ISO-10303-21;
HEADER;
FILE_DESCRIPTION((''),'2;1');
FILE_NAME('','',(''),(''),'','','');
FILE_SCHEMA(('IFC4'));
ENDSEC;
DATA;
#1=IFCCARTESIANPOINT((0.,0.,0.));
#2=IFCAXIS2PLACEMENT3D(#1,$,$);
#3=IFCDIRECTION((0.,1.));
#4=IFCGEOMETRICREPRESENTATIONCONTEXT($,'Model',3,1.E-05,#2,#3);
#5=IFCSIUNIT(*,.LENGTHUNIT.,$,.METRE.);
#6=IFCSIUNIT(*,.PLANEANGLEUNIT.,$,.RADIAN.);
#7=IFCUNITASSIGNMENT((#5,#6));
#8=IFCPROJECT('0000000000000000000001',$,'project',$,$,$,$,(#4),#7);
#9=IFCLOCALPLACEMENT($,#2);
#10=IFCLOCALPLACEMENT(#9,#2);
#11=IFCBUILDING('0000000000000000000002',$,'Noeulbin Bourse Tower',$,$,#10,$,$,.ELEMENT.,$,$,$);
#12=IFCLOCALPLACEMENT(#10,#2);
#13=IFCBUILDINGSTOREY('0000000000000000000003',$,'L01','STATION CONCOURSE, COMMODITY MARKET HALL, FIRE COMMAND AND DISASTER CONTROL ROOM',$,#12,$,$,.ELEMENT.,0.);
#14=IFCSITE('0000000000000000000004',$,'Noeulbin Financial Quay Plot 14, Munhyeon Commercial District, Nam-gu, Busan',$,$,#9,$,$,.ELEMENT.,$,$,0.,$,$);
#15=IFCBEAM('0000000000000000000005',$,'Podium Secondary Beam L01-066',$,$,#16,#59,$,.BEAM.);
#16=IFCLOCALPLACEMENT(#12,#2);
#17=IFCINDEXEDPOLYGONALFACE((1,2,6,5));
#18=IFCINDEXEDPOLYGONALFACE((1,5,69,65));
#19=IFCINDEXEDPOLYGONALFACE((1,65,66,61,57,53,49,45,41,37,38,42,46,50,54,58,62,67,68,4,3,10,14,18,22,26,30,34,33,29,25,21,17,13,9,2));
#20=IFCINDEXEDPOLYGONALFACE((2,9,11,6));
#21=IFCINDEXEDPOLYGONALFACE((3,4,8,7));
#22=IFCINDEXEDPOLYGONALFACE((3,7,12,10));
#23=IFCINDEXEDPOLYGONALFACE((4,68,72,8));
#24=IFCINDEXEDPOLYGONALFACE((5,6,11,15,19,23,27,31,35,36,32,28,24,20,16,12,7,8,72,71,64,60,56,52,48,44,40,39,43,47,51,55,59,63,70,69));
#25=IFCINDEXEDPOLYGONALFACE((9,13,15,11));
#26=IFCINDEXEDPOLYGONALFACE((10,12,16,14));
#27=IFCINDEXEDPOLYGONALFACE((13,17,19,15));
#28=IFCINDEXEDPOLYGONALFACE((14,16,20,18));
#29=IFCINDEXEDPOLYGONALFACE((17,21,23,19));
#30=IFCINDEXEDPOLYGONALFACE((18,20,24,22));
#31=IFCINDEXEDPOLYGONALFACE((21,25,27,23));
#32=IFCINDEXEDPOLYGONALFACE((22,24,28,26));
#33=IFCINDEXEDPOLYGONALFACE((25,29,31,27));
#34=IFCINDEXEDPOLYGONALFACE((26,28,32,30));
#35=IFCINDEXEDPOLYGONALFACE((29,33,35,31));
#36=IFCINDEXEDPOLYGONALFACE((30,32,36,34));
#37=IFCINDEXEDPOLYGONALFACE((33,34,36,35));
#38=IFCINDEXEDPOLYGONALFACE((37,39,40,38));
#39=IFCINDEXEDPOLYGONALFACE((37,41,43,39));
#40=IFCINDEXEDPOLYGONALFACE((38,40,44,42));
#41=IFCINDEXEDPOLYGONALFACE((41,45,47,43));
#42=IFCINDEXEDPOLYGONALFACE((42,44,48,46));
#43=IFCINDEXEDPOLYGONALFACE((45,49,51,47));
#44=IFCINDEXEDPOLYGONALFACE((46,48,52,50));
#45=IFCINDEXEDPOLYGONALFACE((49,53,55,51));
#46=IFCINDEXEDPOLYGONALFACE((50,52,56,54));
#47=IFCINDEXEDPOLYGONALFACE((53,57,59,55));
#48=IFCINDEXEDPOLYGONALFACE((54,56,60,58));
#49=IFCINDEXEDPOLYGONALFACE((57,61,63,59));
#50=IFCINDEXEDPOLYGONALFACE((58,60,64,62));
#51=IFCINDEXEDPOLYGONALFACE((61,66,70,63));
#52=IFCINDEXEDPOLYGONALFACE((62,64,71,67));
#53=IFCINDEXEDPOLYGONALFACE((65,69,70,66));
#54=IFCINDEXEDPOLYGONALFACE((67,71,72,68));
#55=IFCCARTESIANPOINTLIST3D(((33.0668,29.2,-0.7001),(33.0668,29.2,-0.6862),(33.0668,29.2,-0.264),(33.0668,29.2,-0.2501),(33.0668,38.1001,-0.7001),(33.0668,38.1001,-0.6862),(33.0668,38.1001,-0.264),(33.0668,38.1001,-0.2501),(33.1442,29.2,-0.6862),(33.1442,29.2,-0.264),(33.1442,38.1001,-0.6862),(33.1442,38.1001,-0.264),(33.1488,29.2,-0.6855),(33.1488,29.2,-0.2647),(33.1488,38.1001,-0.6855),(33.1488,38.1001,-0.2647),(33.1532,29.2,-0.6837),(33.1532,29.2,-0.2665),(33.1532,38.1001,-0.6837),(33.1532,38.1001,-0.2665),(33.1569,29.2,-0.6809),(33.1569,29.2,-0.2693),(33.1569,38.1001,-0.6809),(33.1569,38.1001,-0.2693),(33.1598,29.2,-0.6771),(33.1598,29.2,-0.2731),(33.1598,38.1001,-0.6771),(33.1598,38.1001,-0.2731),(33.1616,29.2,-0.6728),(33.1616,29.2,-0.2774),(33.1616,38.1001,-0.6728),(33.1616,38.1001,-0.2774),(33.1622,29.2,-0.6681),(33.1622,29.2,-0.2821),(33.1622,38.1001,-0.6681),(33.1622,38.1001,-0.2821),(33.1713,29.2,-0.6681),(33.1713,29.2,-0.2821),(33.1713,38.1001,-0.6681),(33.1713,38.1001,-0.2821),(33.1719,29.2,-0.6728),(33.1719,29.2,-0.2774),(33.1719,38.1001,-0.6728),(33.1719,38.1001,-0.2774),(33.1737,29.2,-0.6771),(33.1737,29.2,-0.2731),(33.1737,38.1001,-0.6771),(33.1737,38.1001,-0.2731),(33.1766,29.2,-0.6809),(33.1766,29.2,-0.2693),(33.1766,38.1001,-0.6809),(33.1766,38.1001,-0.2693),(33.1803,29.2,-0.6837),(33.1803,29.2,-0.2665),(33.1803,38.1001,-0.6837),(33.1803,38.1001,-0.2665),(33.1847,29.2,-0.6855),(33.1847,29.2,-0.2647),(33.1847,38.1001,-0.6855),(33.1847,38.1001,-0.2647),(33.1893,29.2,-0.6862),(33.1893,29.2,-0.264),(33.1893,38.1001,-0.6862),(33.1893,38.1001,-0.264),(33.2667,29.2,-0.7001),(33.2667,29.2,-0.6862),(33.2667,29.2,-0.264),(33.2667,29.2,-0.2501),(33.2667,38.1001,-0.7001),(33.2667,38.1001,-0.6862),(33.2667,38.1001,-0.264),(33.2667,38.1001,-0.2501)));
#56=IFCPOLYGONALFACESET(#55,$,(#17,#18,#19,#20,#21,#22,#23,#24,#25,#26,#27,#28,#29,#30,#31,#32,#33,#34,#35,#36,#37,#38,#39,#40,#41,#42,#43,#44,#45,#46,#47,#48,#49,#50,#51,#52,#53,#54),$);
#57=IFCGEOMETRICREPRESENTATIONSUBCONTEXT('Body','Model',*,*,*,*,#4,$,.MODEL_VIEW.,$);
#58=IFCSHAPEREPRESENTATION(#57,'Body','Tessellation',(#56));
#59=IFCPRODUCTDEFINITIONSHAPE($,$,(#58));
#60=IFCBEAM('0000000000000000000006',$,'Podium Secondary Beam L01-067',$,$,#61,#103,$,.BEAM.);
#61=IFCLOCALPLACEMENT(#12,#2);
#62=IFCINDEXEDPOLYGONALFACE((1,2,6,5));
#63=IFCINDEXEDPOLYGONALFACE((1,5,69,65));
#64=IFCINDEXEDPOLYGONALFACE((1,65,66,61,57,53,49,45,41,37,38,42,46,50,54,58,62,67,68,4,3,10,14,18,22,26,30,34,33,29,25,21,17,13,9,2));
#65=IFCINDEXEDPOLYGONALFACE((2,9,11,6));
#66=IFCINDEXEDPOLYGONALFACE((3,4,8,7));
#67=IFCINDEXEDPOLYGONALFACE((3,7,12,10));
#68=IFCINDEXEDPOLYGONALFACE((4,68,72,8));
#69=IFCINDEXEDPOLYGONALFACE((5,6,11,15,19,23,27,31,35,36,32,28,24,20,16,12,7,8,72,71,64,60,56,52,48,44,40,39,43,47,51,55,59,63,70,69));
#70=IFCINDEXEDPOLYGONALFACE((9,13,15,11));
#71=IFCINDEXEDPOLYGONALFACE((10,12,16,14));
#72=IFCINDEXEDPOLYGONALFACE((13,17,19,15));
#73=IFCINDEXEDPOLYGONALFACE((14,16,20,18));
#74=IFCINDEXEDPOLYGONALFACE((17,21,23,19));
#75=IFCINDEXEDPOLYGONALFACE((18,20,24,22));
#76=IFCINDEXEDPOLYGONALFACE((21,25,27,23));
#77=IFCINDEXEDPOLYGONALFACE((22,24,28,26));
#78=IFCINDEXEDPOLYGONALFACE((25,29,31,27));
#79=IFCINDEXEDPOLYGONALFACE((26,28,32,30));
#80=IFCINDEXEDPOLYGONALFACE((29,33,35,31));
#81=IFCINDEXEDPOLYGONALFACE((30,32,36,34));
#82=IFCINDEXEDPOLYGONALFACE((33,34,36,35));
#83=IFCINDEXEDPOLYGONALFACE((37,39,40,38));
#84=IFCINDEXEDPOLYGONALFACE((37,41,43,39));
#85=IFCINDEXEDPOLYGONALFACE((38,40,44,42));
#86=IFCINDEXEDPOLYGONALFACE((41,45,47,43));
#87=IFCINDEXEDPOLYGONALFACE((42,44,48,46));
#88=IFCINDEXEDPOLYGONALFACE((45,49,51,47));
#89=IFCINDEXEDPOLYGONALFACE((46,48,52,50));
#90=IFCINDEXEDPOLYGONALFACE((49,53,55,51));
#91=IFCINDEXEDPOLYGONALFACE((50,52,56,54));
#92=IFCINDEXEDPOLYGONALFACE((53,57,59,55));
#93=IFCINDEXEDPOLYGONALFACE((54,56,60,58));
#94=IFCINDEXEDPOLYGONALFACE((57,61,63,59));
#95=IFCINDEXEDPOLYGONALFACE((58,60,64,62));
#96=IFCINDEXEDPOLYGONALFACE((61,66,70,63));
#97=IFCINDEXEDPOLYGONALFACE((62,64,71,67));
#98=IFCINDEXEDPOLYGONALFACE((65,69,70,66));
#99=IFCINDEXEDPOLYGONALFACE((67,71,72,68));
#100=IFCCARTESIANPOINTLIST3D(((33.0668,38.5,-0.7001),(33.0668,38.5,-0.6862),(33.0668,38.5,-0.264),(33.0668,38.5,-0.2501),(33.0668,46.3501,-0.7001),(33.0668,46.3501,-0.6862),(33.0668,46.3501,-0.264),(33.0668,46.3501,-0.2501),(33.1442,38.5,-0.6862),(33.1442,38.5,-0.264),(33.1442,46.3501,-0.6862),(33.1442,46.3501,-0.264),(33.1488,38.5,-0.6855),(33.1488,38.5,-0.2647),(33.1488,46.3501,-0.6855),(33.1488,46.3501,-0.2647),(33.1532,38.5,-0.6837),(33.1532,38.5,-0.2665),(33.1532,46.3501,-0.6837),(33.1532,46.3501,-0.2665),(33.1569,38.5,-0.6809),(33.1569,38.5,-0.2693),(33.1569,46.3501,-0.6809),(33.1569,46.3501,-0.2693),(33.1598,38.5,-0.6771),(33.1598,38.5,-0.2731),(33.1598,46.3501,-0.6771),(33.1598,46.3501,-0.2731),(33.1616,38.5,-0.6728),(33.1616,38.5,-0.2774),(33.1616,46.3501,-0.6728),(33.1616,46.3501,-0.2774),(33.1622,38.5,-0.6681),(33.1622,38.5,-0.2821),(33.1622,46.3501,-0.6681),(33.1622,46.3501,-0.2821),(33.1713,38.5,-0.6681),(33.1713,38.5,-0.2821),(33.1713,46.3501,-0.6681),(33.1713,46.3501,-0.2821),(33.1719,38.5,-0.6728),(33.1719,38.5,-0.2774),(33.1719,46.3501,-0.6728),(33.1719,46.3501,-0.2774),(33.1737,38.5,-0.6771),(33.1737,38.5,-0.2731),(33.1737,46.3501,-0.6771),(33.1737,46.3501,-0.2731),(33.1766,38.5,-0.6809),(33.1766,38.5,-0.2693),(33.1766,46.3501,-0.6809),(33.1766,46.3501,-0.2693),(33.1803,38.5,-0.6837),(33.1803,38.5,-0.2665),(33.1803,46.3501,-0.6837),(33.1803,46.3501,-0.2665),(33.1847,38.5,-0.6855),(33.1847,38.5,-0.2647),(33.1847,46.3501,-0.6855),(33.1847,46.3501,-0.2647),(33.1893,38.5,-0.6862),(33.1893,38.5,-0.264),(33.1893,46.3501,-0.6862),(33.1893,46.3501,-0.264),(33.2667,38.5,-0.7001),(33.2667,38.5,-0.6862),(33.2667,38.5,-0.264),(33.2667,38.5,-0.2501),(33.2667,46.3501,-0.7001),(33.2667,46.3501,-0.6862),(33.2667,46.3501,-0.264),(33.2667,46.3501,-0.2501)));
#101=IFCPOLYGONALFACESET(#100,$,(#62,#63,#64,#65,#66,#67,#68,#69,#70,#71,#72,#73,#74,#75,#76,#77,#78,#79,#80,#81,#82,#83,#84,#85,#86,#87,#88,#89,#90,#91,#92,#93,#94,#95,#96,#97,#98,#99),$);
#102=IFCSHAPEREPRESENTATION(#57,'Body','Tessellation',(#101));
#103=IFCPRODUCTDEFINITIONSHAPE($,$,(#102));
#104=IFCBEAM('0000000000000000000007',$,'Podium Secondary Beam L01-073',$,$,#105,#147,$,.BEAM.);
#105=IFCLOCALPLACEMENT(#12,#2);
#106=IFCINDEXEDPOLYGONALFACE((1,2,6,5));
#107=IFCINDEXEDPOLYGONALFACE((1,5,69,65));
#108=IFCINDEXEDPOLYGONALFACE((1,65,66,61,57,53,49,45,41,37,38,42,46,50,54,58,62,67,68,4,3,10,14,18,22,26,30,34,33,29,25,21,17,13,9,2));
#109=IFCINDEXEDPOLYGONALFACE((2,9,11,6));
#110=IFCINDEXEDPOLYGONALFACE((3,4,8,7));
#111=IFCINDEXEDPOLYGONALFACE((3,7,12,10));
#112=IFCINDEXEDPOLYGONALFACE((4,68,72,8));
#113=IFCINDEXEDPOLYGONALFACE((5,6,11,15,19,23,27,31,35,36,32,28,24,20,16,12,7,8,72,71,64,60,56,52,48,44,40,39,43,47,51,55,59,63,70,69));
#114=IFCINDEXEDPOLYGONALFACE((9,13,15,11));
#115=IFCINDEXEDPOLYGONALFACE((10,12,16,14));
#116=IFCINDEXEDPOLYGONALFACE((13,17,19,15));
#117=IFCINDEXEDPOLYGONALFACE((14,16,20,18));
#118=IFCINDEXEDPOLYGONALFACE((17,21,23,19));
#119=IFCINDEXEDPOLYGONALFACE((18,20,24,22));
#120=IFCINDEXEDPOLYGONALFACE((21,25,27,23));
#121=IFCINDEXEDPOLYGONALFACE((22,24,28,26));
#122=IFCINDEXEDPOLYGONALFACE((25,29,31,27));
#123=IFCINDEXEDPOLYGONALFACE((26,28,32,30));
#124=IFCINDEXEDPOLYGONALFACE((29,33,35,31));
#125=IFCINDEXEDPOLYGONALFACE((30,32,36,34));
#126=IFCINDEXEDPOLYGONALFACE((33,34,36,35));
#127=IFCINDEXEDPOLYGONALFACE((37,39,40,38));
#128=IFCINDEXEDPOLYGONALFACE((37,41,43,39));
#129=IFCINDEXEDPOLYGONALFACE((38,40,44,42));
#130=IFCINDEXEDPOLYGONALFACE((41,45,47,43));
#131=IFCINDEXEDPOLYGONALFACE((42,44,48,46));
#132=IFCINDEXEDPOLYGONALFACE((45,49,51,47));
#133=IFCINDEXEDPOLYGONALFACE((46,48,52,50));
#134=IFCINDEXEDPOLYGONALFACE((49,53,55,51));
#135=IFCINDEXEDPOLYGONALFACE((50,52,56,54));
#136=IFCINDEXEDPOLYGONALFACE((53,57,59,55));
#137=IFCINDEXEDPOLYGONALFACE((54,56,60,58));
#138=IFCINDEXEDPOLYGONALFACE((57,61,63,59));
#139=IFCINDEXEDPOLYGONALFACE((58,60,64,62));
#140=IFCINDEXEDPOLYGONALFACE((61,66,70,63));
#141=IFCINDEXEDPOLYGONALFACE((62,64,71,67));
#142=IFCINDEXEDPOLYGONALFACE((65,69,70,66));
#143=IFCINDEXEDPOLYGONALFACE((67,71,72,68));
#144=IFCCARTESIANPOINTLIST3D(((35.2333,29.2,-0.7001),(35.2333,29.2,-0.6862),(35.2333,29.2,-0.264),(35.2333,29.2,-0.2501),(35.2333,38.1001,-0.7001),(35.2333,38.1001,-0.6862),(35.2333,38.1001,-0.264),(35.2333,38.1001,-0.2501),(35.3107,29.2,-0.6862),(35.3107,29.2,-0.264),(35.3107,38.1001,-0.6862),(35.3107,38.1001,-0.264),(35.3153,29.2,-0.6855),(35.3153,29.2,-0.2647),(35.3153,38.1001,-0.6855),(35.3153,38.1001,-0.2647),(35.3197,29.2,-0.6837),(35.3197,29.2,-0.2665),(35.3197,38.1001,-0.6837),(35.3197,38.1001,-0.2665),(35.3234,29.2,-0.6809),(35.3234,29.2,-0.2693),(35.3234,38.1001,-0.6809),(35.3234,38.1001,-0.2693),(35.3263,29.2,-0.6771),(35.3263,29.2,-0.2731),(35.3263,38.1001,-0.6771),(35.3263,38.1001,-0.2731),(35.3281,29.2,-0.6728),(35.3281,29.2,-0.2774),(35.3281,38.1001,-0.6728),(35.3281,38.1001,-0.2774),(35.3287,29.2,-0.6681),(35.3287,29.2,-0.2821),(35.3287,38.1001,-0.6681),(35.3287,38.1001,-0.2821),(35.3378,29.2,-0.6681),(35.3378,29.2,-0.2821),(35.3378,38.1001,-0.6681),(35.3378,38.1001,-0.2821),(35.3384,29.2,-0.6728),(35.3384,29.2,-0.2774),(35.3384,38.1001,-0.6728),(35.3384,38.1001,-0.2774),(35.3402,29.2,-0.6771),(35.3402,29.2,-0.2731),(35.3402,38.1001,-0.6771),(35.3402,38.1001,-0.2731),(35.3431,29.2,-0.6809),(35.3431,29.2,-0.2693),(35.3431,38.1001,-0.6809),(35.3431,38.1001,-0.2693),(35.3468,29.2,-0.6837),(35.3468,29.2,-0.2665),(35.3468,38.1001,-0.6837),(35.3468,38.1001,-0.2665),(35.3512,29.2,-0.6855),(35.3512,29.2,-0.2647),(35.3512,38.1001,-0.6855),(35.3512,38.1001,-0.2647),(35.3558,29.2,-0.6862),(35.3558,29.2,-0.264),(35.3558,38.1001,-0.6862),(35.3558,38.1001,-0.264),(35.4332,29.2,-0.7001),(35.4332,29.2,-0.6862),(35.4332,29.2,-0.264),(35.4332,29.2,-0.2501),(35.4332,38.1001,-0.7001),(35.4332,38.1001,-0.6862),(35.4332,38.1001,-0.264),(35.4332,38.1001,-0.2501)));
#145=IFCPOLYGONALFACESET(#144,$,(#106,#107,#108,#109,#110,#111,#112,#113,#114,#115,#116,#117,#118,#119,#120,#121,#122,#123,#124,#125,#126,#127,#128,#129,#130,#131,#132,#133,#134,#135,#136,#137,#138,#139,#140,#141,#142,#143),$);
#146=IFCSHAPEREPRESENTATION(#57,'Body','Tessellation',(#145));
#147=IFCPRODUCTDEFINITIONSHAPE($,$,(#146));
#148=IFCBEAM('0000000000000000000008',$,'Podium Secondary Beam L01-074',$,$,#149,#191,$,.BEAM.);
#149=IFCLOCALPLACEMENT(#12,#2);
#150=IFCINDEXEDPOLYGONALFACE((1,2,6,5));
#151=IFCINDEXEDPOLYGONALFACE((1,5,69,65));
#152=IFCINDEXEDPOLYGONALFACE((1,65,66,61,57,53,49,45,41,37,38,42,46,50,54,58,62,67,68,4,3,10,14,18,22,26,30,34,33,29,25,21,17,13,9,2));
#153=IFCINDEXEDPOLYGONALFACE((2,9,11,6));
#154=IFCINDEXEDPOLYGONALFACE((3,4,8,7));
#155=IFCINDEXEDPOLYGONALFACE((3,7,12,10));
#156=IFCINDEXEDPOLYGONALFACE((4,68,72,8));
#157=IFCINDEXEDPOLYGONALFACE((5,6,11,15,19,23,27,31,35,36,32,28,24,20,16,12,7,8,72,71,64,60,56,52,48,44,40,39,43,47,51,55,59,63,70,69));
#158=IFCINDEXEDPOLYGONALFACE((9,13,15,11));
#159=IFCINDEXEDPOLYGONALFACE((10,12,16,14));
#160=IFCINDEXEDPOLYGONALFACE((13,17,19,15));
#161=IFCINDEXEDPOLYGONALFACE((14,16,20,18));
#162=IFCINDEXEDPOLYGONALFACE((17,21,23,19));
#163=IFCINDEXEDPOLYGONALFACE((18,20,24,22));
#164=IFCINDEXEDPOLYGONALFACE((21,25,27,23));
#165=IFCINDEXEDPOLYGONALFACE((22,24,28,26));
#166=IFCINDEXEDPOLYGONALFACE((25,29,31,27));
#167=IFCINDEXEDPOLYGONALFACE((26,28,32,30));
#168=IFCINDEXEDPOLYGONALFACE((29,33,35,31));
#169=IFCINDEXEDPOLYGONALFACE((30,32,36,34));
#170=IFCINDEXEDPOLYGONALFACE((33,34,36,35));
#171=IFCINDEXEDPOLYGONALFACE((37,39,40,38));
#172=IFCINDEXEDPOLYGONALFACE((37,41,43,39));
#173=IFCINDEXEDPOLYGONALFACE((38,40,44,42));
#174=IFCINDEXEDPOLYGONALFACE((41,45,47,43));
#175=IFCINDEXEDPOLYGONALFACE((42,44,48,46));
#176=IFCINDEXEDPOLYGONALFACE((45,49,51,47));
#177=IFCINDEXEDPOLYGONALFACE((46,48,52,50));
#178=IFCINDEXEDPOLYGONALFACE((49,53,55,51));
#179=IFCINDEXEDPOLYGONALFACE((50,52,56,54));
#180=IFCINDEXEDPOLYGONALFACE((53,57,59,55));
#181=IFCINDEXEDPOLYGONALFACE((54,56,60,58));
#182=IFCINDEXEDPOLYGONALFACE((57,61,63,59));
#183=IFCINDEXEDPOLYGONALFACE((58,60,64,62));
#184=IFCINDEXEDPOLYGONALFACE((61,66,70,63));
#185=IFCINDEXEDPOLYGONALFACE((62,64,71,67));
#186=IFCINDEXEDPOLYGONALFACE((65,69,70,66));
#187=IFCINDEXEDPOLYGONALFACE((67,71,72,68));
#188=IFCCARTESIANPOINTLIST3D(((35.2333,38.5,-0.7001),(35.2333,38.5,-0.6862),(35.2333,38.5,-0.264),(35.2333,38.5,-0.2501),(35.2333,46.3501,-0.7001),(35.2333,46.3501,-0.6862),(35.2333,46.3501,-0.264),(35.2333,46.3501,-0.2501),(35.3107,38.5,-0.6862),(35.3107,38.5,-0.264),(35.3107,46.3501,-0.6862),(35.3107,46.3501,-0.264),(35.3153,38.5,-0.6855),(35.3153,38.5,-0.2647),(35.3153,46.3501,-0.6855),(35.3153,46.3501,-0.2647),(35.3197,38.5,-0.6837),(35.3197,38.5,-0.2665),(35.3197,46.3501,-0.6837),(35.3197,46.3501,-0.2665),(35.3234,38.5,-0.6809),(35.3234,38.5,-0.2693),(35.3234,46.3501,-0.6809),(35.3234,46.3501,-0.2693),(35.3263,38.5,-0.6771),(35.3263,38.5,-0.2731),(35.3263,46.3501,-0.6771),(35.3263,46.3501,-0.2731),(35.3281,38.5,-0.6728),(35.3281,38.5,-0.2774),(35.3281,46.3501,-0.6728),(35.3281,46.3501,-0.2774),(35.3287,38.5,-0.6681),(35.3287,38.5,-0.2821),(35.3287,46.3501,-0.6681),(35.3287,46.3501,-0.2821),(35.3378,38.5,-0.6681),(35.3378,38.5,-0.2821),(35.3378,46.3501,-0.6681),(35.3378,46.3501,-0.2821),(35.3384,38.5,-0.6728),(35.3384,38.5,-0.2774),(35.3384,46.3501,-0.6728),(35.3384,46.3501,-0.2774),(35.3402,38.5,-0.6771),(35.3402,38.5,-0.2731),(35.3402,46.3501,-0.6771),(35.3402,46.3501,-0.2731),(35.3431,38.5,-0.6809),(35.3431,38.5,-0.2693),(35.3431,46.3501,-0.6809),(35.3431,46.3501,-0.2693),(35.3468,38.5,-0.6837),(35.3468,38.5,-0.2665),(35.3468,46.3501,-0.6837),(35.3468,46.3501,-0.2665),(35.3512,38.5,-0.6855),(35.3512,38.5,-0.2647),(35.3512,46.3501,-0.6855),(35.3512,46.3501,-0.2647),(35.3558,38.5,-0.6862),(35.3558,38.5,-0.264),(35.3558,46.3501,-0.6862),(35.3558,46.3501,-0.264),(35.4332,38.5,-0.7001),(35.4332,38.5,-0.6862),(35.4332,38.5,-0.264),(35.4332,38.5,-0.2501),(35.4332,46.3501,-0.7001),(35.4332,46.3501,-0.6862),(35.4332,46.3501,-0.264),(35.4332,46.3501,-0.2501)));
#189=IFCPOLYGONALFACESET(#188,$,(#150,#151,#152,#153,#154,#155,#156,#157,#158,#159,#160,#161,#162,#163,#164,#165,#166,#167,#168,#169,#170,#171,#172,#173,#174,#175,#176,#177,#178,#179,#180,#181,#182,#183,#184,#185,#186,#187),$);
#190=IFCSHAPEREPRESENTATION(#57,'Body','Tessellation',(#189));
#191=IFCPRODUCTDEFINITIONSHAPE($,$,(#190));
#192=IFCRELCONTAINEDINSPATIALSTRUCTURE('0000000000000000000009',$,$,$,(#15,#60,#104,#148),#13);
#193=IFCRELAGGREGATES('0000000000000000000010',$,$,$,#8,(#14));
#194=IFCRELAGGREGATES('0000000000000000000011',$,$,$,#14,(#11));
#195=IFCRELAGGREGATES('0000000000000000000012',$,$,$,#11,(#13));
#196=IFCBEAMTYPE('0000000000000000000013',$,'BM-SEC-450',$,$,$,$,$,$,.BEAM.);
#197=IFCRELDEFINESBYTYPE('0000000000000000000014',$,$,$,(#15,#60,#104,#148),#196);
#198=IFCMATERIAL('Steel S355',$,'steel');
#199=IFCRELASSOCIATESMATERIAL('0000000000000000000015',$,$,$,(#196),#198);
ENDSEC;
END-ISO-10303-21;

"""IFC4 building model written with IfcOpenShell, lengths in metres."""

from ifc_helpers import new_model, si_unit, direction, frame, origin, origin_2d, place, context, subcontext, project, spatial, i_section, extrude, material, material_profile, profile_set, type_object, element, save


model = new_model("IFC4")

# Units and contexts
model_context = context("Model", 3, precision=1e-05, world=origin(), true_north=direction((0.0, 1.0)))
body_context = subcontext(model_context, "Body", "Model", "MODEL_VIEW")
ifc_project = project(units=[si_unit("LENGTHUNIT", "METRE"), si_unit("PLANEANGLEUNIT", "RADIAN")], contexts=[model_context])

# Site, building, storey
site_placement = place(None, origin())
site = spatial("IfcSite", under=ifc_project, at=site_placement, Name="Noeulbin Financial Quay Plot 14, Munhyeon Commercial District, Nam-gu, Busan", CompositionType="ELEMENT", RefElevation=0.0)
building_placement = place(site_placement, origin())
building = spatial("IfcBuilding", under=site, at=building_placement, Name="Noeulbin Bourse Tower", CompositionType="ELEMENT")
storey_placement = place(building_placement, origin())
storey = spatial("IfcBuildingStorey", under=building, at=storey_placement, Name="L01", Description="STATION CONCOURSE, COMMODITY MARKET HALL, FIRE COMMAND AND DISASTER CONTROL ROOM", CompositionType="ELEMENT", Elevation=0.0)

# Beams
ifc_material_1 = material(Name="Steel S355", Category="steel")
ifc_material_profile_1 = material_profile(ifc_material_1, i_section(OverallWidth=0.2, OverallDepth=0.45, WebThickness=0.009, FlangeThickness=0.0139, FilletRadius=0.0181, at=origin_2d()), Name="H-450x200x9x14", Category="LoadBearing")
ifc_profile_set_1 = profile_set([ifc_material_profile_1], Name="Steel S355")
beam_type_1 = type_object("IfcBeamType", Name="BM-SEC-450", PredefinedType="BEAM", material=ifc_profile_set_1)
beam_1_placement = place(storey_placement, frame((33.1667, 29.2, -0.4751), z_axis=(0.0, 1.0, 0.0), x_axis=(-1.0, 0.0, 0.0)))
element("IfcBeam", 1, at=beam_1_placement, inside=storey, type_object=beam_type_1, Name="Podium Secondary Beam L01-066", PredefinedType="BEAM", context=body_context, shape_type="SweptSolid", body=[
    extrude(i_section(OverallWidth=0.2, OverallDepth=0.45, WebThickness=0.009, FlangeThickness=0.0139, FilletRadius=0.0181, at=origin_2d()), origin(), (0.0, 0.0, 1.0), 8.9001),
])
beam_2_placement = place(storey_placement, frame((33.1667, 38.5, -0.4751), z_axis=(0.0, 1.0, 0.0), x_axis=(-1.0, 0.0, 0.0)))
element("IfcBeam", 2, at=beam_2_placement, inside=storey, type_object=beam_type_1, Name="Podium Secondary Beam L01-067", PredefinedType="BEAM", context=body_context, shape_type="SweptSolid", body=[
    extrude(i_section(OverallWidth=0.2, OverallDepth=0.45, WebThickness=0.009, FlangeThickness=0.0139, FilletRadius=0.0181, at=origin_2d()), origin(), (0.0, 0.0, 1.0), 7.8501),
])
beam_3_placement = place(storey_placement, frame((35.3333, 29.2, -0.4751), z_axis=(0.0, 1.0, 0.0), x_axis=(-1.0, 0.0, 0.0)))
element("IfcBeam", 3, at=beam_3_placement, inside=storey, type_object=beam_type_1, Name="Podium Secondary Beam L01-073", PredefinedType="BEAM", context=body_context, shape_type="SweptSolid", body=[
    extrude(i_section(OverallWidth=0.2, OverallDepth=0.45, WebThickness=0.009, FlangeThickness=0.0139, FilletRadius=0.0181, at=origin_2d()), origin(), (0.0, 0.0, 1.0), 8.9001),
])
beam_4_placement = place(storey_placement, frame((35.3333, 38.5, -0.4751), z_axis=(0.0, 1.0, 0.0), x_axis=(-1.0, 0.0, 0.0)))
element("IfcBeam", 4, at=beam_4_placement, inside=storey, type_object=beam_type_1, Name="Podium Secondary Beam L01-074", PredefinedType="BEAM", context=body_context, shape_type="SweptSolid", body=[
    extrude(i_section(OverallWidth=0.2, OverallDepth=0.45, WebThickness=0.009, FlangeThickness=0.0139, FilletRadius=0.0181, at=origin_2d()), origin(), (0.0, 0.0, 1.0), 7.8501),
])

save(model, "model.ifc")
